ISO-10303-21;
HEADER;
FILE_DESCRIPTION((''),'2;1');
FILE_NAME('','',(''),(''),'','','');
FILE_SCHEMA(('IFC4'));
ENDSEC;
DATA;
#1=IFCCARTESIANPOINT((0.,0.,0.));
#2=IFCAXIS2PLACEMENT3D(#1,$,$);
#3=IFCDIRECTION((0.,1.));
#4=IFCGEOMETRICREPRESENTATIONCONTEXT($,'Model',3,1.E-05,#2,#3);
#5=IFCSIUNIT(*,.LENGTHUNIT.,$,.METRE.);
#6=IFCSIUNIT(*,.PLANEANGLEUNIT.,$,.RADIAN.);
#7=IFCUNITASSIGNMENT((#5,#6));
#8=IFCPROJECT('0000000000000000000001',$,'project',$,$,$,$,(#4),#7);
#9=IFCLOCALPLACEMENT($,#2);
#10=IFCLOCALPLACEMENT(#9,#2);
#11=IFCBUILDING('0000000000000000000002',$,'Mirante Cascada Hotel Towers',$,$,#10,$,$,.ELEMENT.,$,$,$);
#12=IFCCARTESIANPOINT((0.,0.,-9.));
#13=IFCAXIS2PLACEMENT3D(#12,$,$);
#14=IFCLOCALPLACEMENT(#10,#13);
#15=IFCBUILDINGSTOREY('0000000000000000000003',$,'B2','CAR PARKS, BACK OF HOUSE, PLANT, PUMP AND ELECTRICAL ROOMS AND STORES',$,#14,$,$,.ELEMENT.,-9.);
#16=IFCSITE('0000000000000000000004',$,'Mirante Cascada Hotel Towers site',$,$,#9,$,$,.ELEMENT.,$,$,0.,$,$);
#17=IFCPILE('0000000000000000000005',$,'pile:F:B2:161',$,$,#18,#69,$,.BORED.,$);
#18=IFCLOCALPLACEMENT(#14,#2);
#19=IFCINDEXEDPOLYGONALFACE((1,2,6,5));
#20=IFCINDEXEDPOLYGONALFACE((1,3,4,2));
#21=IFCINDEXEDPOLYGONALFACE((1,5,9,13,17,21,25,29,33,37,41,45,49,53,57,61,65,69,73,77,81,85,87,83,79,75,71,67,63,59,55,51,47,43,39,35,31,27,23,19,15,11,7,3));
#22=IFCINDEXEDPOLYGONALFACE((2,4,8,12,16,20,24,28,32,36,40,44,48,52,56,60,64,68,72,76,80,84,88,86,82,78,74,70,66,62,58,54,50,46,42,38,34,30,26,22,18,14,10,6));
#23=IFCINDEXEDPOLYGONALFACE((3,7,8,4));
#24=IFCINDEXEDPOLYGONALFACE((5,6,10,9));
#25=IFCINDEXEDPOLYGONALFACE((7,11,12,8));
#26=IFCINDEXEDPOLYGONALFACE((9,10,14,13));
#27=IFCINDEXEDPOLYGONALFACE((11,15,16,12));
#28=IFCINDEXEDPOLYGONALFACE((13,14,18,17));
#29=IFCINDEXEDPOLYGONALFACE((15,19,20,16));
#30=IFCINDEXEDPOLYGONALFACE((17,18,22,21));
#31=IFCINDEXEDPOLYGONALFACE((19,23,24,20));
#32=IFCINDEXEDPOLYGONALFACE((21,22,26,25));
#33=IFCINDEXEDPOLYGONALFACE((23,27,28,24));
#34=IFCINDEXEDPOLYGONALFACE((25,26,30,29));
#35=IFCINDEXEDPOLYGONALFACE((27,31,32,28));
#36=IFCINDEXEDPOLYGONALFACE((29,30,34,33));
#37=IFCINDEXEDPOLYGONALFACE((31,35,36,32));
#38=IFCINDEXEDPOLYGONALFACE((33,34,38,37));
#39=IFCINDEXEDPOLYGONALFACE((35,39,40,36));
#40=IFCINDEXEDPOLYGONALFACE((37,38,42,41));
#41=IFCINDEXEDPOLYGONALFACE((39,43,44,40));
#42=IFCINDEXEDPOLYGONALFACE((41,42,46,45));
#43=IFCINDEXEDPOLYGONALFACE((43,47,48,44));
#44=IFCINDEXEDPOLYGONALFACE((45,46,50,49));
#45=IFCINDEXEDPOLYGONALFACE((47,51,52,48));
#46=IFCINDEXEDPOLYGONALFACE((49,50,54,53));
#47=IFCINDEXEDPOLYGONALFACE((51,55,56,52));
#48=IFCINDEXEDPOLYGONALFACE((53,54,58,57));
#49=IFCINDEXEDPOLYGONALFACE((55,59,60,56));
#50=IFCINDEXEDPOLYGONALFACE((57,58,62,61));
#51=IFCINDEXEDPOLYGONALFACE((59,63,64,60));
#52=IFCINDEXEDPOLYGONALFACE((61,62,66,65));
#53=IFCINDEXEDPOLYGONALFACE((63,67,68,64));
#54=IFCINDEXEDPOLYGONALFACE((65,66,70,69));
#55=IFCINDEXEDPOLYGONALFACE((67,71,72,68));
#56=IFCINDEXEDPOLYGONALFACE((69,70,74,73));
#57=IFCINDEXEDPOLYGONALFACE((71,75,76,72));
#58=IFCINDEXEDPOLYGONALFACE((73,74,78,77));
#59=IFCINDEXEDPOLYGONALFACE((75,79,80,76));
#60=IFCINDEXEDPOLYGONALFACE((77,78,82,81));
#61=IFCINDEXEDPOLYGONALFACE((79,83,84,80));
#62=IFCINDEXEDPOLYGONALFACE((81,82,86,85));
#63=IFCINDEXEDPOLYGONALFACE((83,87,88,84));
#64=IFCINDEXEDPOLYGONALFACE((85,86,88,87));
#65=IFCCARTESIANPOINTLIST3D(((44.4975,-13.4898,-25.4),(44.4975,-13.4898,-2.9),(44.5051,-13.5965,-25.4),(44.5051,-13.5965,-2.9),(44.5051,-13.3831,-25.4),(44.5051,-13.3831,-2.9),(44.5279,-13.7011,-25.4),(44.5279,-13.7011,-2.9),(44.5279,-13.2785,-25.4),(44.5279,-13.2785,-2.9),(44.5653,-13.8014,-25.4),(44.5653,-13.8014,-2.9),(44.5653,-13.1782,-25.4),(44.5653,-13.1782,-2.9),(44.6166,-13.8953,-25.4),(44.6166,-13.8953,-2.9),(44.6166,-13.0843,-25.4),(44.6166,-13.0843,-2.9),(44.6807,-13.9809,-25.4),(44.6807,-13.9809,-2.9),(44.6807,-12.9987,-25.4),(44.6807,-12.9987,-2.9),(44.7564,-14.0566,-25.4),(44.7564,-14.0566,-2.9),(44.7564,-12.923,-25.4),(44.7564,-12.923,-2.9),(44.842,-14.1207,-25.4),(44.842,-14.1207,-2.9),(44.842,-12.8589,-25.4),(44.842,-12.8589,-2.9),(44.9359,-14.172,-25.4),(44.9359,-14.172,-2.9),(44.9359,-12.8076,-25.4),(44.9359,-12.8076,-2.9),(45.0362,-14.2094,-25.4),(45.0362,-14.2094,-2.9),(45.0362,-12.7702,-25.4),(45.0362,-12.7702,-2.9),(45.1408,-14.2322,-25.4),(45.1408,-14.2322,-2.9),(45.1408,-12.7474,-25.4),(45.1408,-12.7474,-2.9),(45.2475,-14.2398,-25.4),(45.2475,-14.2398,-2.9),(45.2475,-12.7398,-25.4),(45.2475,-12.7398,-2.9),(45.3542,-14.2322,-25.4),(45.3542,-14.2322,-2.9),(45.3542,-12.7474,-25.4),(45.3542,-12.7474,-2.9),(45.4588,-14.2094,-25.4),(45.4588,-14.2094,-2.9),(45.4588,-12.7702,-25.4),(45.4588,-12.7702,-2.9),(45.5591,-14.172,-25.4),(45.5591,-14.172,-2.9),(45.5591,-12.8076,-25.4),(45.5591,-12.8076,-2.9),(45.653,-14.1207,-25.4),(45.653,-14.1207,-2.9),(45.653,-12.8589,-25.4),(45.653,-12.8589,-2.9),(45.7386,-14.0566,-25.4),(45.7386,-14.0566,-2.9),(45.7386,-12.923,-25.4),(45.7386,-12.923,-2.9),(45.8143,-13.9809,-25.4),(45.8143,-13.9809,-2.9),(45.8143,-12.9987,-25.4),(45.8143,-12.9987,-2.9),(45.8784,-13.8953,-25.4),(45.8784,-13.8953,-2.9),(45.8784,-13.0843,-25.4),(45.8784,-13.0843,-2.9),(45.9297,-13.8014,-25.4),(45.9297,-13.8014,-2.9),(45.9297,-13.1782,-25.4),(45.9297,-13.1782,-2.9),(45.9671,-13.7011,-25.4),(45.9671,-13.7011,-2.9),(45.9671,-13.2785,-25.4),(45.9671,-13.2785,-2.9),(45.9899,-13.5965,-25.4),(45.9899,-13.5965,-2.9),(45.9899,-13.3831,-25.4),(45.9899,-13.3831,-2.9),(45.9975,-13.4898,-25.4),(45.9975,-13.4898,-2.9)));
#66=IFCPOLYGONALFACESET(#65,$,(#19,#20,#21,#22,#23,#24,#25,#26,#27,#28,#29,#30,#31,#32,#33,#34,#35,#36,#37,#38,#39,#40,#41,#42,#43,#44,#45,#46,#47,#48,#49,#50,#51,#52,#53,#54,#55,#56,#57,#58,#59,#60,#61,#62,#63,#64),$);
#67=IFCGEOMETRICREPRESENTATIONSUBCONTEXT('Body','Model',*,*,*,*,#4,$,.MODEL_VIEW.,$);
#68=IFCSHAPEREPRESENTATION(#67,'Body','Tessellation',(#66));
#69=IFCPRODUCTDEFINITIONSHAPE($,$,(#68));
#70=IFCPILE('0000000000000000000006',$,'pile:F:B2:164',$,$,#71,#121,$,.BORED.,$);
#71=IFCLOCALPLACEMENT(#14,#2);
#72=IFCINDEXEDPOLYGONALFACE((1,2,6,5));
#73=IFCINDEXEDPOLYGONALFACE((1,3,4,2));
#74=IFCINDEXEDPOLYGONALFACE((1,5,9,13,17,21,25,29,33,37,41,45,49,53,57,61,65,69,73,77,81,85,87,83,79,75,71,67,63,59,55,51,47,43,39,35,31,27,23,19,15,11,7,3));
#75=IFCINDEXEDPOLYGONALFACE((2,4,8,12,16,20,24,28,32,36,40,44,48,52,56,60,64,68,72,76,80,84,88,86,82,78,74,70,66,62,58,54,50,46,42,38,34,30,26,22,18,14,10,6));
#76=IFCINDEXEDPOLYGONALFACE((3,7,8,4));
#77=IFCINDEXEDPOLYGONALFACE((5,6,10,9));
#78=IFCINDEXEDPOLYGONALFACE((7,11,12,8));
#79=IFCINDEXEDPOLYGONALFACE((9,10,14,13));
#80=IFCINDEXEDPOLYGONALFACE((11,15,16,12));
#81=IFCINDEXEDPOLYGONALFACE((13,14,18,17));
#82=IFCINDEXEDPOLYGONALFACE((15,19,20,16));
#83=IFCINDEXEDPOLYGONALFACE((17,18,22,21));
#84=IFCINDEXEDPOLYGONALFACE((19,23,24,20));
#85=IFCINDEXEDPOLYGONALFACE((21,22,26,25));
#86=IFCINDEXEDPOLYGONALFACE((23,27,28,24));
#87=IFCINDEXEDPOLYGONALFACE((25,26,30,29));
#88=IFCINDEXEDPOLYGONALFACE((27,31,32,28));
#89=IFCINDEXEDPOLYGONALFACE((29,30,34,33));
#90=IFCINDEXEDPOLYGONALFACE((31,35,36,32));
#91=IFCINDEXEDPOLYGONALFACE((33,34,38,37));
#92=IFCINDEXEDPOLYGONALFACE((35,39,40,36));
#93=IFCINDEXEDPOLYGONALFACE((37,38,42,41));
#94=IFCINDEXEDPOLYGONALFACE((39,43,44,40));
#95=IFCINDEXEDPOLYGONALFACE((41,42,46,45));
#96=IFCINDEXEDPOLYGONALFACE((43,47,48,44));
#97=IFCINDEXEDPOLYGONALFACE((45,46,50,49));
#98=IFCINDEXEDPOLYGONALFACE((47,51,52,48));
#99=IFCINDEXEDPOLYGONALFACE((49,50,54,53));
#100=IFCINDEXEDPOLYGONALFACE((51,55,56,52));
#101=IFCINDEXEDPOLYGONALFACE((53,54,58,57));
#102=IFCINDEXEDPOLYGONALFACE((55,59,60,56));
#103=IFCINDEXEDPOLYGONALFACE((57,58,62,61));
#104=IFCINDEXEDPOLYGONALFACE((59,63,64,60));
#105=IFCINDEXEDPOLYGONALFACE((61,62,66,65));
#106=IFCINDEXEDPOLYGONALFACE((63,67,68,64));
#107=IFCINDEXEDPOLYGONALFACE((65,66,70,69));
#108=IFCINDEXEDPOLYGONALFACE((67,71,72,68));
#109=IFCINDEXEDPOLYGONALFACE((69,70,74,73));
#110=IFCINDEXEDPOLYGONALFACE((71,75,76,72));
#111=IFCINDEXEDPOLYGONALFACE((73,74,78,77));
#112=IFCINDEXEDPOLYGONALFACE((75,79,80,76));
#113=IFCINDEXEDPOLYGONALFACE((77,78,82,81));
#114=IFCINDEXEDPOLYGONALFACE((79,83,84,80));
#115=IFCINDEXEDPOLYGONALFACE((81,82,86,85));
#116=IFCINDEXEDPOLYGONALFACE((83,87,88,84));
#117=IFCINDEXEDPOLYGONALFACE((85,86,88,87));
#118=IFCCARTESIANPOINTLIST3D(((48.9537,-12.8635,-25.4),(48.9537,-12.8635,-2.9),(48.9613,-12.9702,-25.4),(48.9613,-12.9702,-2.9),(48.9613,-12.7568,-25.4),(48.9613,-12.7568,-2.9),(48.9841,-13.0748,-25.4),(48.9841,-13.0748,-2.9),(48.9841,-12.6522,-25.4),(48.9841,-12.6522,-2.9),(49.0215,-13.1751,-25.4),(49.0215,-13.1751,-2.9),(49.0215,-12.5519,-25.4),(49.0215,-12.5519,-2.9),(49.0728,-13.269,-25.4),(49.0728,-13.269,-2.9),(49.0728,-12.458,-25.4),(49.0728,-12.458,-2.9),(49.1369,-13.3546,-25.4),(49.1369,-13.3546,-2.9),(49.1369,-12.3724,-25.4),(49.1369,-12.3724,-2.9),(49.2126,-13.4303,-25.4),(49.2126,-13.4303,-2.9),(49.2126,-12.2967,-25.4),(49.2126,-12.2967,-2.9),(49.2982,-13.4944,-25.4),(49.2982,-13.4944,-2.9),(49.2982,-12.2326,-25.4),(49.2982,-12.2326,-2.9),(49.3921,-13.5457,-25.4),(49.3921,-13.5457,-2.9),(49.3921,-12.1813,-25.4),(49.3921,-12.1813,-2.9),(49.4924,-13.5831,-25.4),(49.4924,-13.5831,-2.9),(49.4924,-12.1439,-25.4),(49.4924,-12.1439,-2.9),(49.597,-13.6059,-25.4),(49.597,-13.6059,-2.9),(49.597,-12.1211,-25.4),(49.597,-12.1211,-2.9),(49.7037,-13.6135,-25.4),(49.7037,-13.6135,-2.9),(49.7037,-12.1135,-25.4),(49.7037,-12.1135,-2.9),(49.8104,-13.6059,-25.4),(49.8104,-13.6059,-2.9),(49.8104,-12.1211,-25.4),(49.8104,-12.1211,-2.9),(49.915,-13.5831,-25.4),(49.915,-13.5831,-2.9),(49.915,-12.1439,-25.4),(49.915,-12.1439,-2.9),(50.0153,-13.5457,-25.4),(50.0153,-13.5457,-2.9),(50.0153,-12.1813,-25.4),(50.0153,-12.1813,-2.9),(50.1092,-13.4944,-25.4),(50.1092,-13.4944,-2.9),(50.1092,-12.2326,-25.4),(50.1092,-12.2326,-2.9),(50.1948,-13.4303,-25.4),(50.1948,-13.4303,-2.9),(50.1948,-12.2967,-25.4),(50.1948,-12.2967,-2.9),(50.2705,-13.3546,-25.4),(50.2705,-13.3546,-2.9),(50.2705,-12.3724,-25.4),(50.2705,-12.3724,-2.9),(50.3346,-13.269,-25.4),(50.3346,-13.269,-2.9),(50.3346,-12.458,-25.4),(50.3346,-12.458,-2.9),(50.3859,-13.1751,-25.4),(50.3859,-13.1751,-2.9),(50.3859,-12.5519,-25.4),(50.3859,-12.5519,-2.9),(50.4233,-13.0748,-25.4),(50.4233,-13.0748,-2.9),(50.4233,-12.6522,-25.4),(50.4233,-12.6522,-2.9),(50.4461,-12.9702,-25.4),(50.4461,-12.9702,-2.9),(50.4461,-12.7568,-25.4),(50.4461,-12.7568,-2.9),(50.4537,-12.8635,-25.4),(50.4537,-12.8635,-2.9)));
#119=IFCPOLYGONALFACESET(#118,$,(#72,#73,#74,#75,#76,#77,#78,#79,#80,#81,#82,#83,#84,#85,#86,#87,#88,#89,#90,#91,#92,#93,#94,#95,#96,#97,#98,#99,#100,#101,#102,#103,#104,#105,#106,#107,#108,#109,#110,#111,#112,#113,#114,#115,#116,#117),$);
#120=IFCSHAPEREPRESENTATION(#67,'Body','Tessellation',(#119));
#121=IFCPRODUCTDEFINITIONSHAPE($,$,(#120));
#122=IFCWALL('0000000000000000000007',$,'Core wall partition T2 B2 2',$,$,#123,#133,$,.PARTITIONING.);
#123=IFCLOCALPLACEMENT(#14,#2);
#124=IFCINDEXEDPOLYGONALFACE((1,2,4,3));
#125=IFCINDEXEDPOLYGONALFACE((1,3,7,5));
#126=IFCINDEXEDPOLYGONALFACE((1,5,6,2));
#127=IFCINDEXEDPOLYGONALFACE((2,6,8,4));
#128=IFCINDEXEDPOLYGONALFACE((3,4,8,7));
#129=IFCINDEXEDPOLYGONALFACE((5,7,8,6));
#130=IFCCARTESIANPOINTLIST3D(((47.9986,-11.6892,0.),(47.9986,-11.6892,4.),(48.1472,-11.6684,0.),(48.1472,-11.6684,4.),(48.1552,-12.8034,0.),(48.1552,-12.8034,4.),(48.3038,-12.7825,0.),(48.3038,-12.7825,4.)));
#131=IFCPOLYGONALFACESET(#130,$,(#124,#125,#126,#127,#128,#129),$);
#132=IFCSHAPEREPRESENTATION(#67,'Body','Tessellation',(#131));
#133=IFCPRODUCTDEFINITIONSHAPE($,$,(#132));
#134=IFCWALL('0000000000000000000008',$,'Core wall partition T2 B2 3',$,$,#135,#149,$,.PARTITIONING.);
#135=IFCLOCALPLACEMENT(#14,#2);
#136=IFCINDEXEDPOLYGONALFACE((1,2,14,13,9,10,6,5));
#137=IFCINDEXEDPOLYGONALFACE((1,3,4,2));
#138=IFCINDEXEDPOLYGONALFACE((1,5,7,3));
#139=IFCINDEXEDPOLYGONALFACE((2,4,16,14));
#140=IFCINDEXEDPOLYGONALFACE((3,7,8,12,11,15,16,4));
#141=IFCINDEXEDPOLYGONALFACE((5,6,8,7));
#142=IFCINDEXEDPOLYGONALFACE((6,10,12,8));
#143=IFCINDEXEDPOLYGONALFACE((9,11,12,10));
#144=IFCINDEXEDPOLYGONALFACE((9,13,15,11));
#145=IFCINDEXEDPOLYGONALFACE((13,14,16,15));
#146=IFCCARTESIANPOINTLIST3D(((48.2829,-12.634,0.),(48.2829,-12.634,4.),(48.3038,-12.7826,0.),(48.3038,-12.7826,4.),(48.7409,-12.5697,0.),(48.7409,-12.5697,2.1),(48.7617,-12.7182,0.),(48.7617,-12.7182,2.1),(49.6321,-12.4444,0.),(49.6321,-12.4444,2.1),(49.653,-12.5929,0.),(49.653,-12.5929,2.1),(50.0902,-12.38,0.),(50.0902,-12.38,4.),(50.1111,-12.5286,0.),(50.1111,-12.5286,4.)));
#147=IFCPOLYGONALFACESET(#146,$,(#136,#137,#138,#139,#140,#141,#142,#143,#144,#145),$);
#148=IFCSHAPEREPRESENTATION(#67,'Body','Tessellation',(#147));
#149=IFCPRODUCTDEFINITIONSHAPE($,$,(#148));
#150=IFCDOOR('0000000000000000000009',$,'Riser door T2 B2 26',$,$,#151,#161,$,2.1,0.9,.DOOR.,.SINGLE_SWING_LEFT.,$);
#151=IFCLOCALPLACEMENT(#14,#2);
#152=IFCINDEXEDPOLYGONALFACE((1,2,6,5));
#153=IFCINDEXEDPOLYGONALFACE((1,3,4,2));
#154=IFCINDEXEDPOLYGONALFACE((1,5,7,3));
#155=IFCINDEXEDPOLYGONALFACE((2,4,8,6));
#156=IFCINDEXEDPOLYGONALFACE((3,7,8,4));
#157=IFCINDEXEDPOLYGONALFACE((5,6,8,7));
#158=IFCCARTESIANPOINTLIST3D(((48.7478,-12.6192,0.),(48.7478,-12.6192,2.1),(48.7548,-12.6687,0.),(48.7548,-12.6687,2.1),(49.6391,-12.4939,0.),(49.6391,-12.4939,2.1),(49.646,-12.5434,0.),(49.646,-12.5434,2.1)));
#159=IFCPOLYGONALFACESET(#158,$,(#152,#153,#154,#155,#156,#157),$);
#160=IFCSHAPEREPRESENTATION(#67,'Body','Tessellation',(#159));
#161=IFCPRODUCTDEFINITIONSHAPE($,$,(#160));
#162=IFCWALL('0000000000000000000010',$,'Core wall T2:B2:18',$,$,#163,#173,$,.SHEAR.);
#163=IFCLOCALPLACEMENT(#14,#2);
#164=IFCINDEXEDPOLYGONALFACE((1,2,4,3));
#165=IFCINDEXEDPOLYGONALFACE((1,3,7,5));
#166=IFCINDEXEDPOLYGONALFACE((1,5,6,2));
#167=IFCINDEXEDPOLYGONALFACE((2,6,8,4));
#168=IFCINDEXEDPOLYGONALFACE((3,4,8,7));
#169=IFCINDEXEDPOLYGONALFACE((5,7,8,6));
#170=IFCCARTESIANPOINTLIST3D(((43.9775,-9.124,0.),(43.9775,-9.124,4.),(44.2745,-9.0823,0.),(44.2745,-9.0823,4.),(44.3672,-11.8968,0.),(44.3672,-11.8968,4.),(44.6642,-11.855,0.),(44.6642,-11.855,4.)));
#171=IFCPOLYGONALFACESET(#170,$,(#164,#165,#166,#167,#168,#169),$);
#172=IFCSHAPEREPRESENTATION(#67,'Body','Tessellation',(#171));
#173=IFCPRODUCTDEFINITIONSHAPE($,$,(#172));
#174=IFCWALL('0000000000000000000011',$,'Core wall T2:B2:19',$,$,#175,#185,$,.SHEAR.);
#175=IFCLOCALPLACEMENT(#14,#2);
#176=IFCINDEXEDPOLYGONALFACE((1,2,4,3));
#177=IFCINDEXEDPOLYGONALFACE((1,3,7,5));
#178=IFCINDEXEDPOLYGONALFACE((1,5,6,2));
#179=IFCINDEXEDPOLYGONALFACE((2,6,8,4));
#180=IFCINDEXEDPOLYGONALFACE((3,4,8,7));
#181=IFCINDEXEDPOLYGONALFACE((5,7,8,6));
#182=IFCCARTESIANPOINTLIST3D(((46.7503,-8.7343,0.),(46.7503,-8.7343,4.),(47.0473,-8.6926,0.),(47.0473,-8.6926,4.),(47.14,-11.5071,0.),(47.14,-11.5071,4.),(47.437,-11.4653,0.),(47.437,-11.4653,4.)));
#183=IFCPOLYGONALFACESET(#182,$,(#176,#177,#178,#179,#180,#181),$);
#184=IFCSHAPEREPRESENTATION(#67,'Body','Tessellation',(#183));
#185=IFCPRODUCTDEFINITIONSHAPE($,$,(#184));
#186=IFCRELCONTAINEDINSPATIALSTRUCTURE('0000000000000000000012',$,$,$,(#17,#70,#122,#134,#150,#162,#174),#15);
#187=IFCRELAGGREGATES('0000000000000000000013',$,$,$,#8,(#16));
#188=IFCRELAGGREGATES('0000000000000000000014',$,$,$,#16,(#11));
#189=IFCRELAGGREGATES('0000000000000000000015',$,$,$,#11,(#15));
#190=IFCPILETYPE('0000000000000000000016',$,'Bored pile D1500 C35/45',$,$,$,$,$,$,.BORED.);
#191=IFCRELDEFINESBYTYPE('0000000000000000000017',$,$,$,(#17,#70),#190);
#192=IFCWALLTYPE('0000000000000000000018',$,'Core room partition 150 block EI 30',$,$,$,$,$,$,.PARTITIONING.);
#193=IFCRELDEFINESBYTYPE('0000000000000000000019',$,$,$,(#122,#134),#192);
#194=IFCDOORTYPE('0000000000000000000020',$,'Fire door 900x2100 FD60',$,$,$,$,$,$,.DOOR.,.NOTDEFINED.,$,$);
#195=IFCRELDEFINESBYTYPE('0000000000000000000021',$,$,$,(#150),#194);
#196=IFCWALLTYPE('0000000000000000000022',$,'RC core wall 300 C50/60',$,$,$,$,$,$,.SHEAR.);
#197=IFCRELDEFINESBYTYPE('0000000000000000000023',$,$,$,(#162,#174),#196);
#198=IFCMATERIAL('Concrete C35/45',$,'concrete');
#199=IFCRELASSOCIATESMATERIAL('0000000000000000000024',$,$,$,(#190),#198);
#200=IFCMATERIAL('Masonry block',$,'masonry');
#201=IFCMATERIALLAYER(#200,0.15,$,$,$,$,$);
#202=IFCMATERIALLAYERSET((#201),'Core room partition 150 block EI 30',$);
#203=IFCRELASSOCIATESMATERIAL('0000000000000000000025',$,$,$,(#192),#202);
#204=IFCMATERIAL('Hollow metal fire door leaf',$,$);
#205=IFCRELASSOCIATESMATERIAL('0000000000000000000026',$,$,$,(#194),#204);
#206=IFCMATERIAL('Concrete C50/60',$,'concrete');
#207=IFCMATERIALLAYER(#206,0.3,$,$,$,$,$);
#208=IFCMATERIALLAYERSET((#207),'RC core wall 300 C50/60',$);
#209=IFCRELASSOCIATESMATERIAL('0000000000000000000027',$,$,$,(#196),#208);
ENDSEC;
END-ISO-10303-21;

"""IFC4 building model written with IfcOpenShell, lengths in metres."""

from ifc_helpers import new_model, si_unit, direction, frame, frame_2d, origin, origin_2d, place, context, subcontext, project, spatial, rectangle, circle, extrude, material, layer, layer_set, material_profile, profile_set, type_object, element, fill, save


model = new_model("IFC4")

# Units and contexts
model_context = context("Model", 3, precision=1e-05, world=origin(), true_north=direction((0.0, 1.0)))
body_context = subcontext(model_context, "Body", "Model", "MODEL_VIEW")
ifc_project = project(units=[si_unit("LENGTHUNIT", "METRE"), si_unit("PLANEANGLEUNIT", "RADIAN")], contexts=[model_context])

# Site, building, storey
site_placement = place(None, origin())
site = spatial("IfcSite", under=ifc_project, at=site_placement, Name="Mirante Cascada Hotel Towers site", CompositionType="ELEMENT", RefElevation=0.0)
building_placement = place(site_placement, origin())
building = spatial("IfcBuilding", under=site, at=building_placement, Name="Mirante Cascada Hotel Towers", CompositionType="ELEMENT")
storey_placement = place(building_placement, frame((0.0, 0.0, -9.0)))
storey = spatial("IfcBuildingStorey", under=building, at=storey_placement, Name="B2", Description="CAR PARKS, BACK OF HOUSE, PLANT, PUMP AND ELECTRICAL ROOMS AND STORES", CompositionType="ELEMENT", Elevation=-9.0)

# Piles
ifc_material_1 = material(Name="Concrete C35/45", Category="concrete")
ifc_material_profile = material_profile(ifc_material_1, circle(Radius=0.75, at=origin_2d()), Name="RC D1500")
ifc_profile_set = profile_set([ifc_material_profile], Name="Concrete C35/45")
pile_type = type_object("IfcPileType", Name="Bored pile D1500 C35/45", PredefinedType="BORED", material=ifc_profile_set)
for number, where, z_axis, x_axis, name in (
    (1, (45.2475, -13.4898, -2.9), (0.0, 0.0, -1.0), (1.0, 0.0, 0.0), "pile:F:B2:161"),
    (2, (49.7037, -12.8635, -2.9), (0.0, 0.0, -1.0), (1.0, 0.0, 0.0), "pile:F:B2:164"),
):
    element("IfcPile", number, at=place(storey_placement, frame(where, z_axis=z_axis, x_axis=x_axis)), inside=storey, type_object=pile_type, Name=name, PredefinedType="BORED", context=body_context, shape_type="SweptSolid", body=[
        extrude(circle(Radius=0.75, at=origin_2d()), origin(), (0.0, 0.0, 1.0), 22.5),
    ])

# Wall
ifc_material_2 = material(Name="Masonry block", Category="masonry")
ifc_layer_1 = layer(ifc_material_2, 0.15)
ifc_layer_set_1 = layer_set([ifc_layer_1], Name="Core room partition 150 block EI 30")
wall_type_1 = type_object("IfcWallType", Name="Core room partition 150 block EI 30", PredefinedType="PARTITIONING", material=ifc_layer_set_1)
wall_1_placement = place(storey_placement, frame((48.2295, -12.793, 0.0), z_axis=(0.0, 0.0, 1.0), x_axis=(-0.139193, 0.990265, 0.0)))
element("IfcWall", 3, at=wall_1_placement, inside=storey, type_object=wall_type_1, Name="Core wall partition T2 B2 2", PredefinedType="PARTITIONING", context=body_context, shape_type="SweptSolid", body=[
    extrude(rectangle(XDim=1.1251, YDim=0.15, at=frame_2d((0.5626, 0.0))), origin(), (0.0, 0.0, 1.0), 4.0),
])

# Wall, opening, door
wall_2_placement = place(storey_placement, frame((48.2933, -12.7083, 0.0), z_axis=(0.0, 0.0, 1.0), x_axis=(0.990268, 0.139173, 0.0)))
wall_2 = element("IfcWall", 4, at=wall_2_placement, inside=storey, type_object=wall_type_1, Name="Core wall partition T2 B2 3", PredefinedType="PARTITIONING", context=body_context, shape_type="SweptSolid", body=[
    extrude(rectangle(XDim=1.8251, YDim=0.15, at=frame_2d((0.9126, 0.0))), origin(), (0.0, 0.0, 1.0), 4.0),
])
opening_placement = place(wall_2_placement, frame((0.4625, 0.0, 0.0)))
opening = element("IfcOpeningElement", 5, at=opening_placement, cuts=wall_2, PredefinedType="OPENING", context=body_context, shape_type="SweptSolid", body=[
    extrude(rectangle(XDim=0.9, YDim=2.1, at=frame_2d((0.45, 1.05))), frame((0.0, 0.075, 0.0), z_axis=(0.0, -1.0, 0.0), x_axis=(1.0, 0.0, 0.0)), (0.0, 0.0, 1.0), 0.15),
])
ifc_material_3 = material(Name="Hollow metal fire door leaf")
door_type = type_object("IfcDoorType", Name="Fire door 900x2100 FD60", OperationType="NOTDEFINED", PredefinedType="DOOR", material=ifc_material_3)
door_placement = place(opening_placement, frame((0.9, 0.0, 0.0), z_axis=(0.0, 0.0, 1.0), x_axis=(-1.0, 0.0, 0.0)))
door = element("IfcDoor", 6, at=door_placement, inside=storey, type_object=door_type, Name="Riser door T2 B2 26", OperationType="SINGLE_SWING_LEFT", OverallHeight=2.1, OverallWidth=0.9, PredefinedType="DOOR", context=body_context, shape_type="SweptSolid", body=[
    extrude(rectangle(XDim=0.9, YDim=2.1, at=frame_2d((0.45, 1.05))), frame((0.0, 0.025, 0.0), z_axis=(0.0, -1.0, 0.0), x_axis=(1.0, 0.0, 0.0)), (0.0, 0.0, 1.0), 0.05),
])
fill(opening, door)

# Walls
ifc_material_4 = material(Name="Concrete C50/60", Category="concrete")
ifc_layer_2 = layer(ifc_material_4, 0.3)
ifc_layer_set_2 = layer_set([ifc_layer_2], Name="RC core wall 300 C50/60")
wall_type_2 = type_object("IfcWallType", Name="RC core wall 300 C50/60", PredefinedType="SHEAR", material=ifc_layer_set_2)
for number, where, z_axis, x_axis, name in (
    (7, (44.5157, -11.8759, 0.0), (0.0, 0.0, 1.0), (-0.139181, 0.990267, 0.0), "Core wall T2:B2:18"),
    (8, (47.2885, -11.4862, 0.0), (0.0, 0.0, 1.0), (-0.139181, 0.990267, 0.0), "Core wall T2:B2:19"),
):
    element("IfcWall", number, at=place(storey_placement, frame(where, z_axis=z_axis, x_axis=x_axis)), inside=storey, type_object=wall_type_2, Name=name, PredefinedType="SHEAR", context=body_context, shape_type="SweptSolid", body=[
        extrude(rectangle(XDim=2.8, YDim=0.3, at=frame_2d((1.4, 0.0))), origin(), (0.0, 0.0, 1.0), 4.0),
    ])

save(model, "model.ifc")
